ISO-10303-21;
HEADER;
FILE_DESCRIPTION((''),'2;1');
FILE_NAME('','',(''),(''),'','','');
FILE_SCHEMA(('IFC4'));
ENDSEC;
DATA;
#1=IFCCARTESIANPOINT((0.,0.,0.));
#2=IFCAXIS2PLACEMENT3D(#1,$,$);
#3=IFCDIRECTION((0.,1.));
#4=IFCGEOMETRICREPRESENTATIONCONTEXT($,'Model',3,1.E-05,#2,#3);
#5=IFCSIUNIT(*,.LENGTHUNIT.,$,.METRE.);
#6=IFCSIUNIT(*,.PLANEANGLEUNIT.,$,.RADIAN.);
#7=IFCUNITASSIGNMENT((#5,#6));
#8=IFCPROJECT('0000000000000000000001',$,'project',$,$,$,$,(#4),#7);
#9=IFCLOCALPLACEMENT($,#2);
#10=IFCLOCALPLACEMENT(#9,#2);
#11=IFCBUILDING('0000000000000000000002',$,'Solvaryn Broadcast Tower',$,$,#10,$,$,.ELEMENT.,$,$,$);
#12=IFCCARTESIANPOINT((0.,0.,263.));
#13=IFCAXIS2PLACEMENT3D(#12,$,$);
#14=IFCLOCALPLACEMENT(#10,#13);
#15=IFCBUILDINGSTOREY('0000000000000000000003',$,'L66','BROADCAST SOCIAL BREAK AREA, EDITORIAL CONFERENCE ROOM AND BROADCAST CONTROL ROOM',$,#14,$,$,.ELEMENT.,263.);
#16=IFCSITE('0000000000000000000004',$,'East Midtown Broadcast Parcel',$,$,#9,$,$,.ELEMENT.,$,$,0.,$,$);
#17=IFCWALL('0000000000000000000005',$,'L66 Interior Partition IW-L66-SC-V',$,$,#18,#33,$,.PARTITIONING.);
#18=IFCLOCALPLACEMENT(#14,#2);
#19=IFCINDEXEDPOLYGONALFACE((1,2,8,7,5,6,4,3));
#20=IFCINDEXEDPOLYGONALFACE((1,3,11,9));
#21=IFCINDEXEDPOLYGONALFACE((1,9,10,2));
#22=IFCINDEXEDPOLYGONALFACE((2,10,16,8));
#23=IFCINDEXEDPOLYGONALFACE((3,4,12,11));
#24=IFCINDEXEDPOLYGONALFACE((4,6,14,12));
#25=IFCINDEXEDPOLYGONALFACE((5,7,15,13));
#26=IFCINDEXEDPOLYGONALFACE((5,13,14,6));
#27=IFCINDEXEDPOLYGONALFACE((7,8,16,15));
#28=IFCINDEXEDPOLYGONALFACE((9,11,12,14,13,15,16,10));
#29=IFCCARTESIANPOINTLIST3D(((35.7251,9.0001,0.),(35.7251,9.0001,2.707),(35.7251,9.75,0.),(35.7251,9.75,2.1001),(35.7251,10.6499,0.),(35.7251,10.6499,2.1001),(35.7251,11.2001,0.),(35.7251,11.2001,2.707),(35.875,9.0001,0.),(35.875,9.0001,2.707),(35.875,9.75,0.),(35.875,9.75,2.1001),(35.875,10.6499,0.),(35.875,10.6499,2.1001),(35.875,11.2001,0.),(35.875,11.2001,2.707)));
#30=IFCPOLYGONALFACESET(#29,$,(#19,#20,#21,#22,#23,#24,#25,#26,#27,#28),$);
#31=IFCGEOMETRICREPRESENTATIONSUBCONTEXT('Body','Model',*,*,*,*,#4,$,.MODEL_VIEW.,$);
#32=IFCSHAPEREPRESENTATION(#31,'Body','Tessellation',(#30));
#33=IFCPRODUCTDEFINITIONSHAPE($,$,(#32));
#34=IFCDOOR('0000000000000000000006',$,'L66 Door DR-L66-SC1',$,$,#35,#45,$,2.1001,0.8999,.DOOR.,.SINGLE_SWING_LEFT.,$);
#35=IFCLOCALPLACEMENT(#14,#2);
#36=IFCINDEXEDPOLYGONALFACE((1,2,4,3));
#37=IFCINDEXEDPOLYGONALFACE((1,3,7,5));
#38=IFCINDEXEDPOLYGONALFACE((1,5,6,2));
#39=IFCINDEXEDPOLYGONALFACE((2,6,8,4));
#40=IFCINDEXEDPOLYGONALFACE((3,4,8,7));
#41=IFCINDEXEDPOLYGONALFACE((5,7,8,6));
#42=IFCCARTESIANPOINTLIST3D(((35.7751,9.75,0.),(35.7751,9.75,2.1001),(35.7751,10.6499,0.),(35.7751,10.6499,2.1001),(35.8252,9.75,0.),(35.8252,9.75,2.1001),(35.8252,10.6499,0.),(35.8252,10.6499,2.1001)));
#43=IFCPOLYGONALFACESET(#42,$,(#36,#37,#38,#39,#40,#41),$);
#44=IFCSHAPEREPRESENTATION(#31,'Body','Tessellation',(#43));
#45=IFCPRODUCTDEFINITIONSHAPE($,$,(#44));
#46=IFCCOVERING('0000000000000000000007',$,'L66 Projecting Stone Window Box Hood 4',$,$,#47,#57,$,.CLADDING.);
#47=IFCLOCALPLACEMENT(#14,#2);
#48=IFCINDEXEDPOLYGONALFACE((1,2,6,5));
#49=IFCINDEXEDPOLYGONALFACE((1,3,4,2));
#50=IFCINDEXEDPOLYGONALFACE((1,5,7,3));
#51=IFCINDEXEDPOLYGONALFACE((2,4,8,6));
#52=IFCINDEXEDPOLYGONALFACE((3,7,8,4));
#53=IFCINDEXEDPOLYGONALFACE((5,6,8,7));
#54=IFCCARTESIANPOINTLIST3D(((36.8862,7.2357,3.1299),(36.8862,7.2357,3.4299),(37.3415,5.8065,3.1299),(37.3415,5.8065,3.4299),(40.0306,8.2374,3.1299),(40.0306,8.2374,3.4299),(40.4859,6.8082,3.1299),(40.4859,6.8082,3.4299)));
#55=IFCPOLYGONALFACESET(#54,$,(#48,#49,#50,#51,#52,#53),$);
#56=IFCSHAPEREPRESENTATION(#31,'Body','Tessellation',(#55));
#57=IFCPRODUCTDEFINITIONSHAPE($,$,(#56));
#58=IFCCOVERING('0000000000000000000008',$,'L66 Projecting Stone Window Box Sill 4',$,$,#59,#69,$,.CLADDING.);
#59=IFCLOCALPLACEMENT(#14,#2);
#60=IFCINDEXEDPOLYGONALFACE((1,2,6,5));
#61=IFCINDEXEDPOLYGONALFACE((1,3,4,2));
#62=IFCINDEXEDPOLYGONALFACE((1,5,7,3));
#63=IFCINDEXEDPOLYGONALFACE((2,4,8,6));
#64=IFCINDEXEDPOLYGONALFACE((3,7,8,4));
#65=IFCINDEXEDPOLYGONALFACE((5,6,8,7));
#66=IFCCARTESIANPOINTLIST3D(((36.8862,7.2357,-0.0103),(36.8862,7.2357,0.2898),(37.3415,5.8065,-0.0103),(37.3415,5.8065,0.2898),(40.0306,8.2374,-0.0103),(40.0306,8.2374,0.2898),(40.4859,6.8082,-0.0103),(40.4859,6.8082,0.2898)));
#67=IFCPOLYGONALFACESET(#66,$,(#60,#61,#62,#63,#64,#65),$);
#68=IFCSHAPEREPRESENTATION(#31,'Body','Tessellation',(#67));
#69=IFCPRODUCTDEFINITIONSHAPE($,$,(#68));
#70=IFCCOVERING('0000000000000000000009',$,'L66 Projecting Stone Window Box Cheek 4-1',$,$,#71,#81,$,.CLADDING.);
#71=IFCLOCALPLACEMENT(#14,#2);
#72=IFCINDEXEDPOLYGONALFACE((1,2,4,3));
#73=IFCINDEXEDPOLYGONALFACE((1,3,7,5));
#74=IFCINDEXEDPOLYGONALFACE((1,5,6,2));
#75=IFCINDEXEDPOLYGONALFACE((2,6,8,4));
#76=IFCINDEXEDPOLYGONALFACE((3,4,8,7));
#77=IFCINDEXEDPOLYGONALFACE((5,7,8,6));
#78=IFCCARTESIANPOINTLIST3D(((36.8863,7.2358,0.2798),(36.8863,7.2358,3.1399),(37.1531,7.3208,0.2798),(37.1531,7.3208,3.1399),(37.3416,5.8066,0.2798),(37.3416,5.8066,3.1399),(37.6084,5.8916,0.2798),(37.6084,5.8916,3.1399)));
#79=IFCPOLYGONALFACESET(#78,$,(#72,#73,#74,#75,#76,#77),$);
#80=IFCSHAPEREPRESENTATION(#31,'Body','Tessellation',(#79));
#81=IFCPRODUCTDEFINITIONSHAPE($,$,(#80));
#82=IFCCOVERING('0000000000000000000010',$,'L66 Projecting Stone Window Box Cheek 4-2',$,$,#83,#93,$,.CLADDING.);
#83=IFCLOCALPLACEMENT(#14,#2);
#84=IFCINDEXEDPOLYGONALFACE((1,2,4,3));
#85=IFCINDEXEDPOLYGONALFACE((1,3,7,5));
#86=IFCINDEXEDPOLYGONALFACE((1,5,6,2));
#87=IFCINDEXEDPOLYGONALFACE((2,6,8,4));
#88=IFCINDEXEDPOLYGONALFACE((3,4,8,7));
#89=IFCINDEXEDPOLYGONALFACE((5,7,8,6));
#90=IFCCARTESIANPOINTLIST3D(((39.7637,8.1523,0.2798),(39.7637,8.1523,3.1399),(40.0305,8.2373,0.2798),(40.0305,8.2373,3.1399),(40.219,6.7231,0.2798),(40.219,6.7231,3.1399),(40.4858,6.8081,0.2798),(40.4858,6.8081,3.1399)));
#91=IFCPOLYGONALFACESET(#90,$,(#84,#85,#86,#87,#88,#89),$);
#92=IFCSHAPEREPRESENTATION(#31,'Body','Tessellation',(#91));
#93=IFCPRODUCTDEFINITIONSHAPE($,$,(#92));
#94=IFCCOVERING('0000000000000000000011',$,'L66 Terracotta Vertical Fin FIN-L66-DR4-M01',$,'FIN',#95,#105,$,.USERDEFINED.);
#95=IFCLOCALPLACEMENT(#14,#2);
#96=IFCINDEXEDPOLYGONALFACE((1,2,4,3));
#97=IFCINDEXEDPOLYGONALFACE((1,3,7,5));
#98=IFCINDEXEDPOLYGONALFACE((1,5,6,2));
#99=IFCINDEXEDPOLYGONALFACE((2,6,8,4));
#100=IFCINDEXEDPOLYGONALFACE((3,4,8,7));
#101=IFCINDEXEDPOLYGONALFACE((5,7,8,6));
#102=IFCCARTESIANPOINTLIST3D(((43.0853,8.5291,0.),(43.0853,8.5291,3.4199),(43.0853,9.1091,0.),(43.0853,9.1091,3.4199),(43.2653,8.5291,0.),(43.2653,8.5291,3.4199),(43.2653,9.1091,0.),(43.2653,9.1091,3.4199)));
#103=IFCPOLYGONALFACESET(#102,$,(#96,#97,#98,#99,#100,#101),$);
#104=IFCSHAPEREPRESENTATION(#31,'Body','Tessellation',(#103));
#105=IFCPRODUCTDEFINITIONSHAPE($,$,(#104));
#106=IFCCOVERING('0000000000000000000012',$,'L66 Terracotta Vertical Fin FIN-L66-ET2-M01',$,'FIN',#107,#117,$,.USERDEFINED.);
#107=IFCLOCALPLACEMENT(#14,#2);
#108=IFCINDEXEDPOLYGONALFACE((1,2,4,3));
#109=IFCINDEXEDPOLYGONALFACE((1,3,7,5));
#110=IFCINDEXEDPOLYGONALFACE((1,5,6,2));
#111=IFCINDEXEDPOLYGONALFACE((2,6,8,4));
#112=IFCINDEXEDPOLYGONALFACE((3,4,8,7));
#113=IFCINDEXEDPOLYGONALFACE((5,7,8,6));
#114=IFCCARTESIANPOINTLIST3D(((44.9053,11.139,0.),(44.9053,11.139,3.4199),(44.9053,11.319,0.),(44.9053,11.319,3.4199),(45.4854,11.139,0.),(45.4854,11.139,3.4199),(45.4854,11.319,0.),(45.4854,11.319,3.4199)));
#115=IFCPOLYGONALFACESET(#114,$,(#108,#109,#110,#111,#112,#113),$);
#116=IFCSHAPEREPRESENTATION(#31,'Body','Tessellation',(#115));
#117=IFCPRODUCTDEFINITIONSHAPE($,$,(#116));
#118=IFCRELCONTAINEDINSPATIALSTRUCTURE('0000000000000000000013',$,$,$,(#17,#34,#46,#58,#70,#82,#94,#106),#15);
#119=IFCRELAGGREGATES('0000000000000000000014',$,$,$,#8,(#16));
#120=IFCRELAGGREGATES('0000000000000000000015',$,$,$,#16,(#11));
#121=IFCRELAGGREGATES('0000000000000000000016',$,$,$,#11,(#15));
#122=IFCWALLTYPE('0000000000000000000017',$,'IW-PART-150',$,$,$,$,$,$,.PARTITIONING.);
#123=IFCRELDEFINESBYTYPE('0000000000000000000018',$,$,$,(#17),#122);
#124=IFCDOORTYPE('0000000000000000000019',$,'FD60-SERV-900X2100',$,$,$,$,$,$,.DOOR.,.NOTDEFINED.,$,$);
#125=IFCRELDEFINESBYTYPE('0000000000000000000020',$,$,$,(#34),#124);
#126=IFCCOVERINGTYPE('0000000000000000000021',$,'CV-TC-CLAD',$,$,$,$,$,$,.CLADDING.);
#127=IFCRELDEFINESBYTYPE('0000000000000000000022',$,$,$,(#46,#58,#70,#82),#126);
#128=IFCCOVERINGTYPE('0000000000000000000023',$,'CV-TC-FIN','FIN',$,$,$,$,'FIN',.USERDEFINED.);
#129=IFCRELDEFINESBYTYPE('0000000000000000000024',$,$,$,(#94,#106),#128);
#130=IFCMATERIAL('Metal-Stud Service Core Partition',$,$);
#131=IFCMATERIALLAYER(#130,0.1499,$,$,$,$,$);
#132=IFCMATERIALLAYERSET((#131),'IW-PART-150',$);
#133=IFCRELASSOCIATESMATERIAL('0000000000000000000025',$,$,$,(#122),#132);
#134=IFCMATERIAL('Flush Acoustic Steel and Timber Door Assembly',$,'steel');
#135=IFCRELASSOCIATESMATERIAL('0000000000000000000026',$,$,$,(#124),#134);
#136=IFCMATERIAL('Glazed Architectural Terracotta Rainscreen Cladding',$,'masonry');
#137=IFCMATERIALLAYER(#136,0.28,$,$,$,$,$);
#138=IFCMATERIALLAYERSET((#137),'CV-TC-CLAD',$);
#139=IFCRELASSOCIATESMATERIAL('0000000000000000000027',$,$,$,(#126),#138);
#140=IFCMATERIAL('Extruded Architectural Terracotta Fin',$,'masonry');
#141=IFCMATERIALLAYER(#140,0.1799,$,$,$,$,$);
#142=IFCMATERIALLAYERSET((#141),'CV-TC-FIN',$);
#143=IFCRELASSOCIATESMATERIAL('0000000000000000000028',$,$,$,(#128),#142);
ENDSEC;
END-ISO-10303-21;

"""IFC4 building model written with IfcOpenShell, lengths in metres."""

from ifc_helpers import new_model, si_unit, direction, frame, frame_2d, origin, origin_2d, place, context, subcontext, project, spatial, rectangle, extrude, material, layer, layer_set, type_object, element, fill, save


model = new_model("IFC4")

# Units and contexts
model_context = context("Model", 3, precision=1e-05, world=origin(), true_north=direction((0.0, 1.0)))
body_context = subcontext(model_context, "Body", "Model", "MODEL_VIEW")
ifc_project = project(units=[si_unit("LENGTHUNIT", "METRE"), si_unit("PLANEANGLEUNIT", "RADIAN")], contexts=[model_context])

# Site, building, storey
site_placement = place(None, origin())
site = spatial("IfcSite", under=ifc_project, at=site_placement, Name="East Midtown Broadcast Parcel", CompositionType="ELEMENT", RefElevation=0.0)
building_placement = place(site_placement, origin())
building = spatial("IfcBuilding", under=site, at=building_placement, Name="Solvaryn Broadcast Tower", CompositionType="ELEMENT")
storey_placement = place(building_placement, frame((0.0, 0.0, 263.0)))
storey = spatial("IfcBuildingStorey", under=building, at=storey_placement, Name="L66", Description="BROADCAST SOCIAL BREAK AREA, EDITORIAL CONFERENCE ROOM AND BROADCAST CONTROL ROOM", CompositionType="ELEMENT", Elevation=263.0)

# Wall, opening, door
ifc_material_1 = material(Name="Metal-Stud Service Core Partition")
ifc_layer_1 = layer(ifc_material_1, 0.1499)
ifc_layer_set_1 = layer_set([ifc_layer_1], Name="IW-PART-150")
wall_type_1 = type_object("IfcWallType", Name="IW-PART-150", PredefinedType="PARTITIONING", material=ifc_layer_set_1)
ifc_material_2 = material(Name="Flush Acoustic Steel and Timber Door Assembly", Category="steel")
door_type = type_object("IfcDoorType", Name="FD60-SERV-900X2100", OperationType="NOTDEFINED", PredefinedType="DOOR", material=ifc_material_2)
wall_1_placement = place(storey_placement, frame((35.8, 9.0, 0.0), z_axis=(0.0, 0.0, 1.0), x_axis=(0.0, 1.0, 0.0)))
wall_1 = element("IfcWall", 1, at=wall_1_placement, inside=storey, type_object=wall_type_1, Name="L66 Interior Partition IW-L66-SC-V", PredefinedType="PARTITIONING", context=body_context, shape_type="SweptSolid", body=[
    extrude(rectangle(XDim=2.2, YDim=0.1499, at=frame_2d((1.1001, 0.0))), origin(), (0.0, 0.0, 1.0), 2.707),
])
opening_1_placement = place(wall_1_placement, frame((0.75, 0.0, 0.0)))
opening_1 = element("IfcOpeningElement", 2, at=opening_1_placement, cuts=wall_1, PredefinedType="OPENING", context=body_context, shape_type="SweptSolid", body=[
    extrude(rectangle(XDim=0.8999, YDim=2.1001, at=frame_2d((0.45, 1.05))), frame((0.0, 0.085, 0.0), z_axis=(0.0, -1.0, 0.0), x_axis=(1.0, 0.0, 0.0)), (0.0, 0.0, 1.0), 0.1699),
])
door_1_placement = place(opening_1_placement, origin())
door_1 = element("IfcDoor", 3, at=door_1_placement, inside=storey, type_object=door_type, Name="L66 Door DR-L66-SC1", OperationType="SINGLE_SWING_LEFT", OverallHeight=2.1001, OverallWidth=0.8999, PredefinedType="DOOR", context=body_context, shape_type="SweptSolid", body=[
    extrude(rectangle(XDim=0.8999, YDim=2.1001, at=frame_2d((0.45, 1.05))), frame((0.0, 0.0249, 0.0), z_axis=(0.0, -1.0, 0.0), x_axis=(1.0, 0.0, 0.0)), (0.0, 0.0, 1.0), 0.05),
])
fill(opening_1, door_1)

# Coverings
ifc_material_3 = material(Name="Glazed Architectural Terracotta Rainscreen Cladding", Category="masonry")
ifc_layer_2 = layer(ifc_material_3, 0.28)
ifc_layer_set_2 = layer_set([ifc_layer_2], Name="CV-TC-CLAD")
covering_type_1 = type_object("IfcCoveringType", Name="CV-TC-CLAD", PredefinedType="CLADDING", material=ifc_layer_set_2)
for number, where, z_axis, x_axis, name in (
    (4, (38.686, 7.022, 3.1299), (0.0, 0.0, 1.0), (0.952821, 0.303534, 0.0), "L66 Projecting Stone Window Box Hood 4"),
    (5, (38.686, 7.022, -0.0103), (0.0, 0.0, 1.0), (0.952821, 0.303534, 0.0), "L66 Projecting Stone Window Box Sill 4"),
):
    element("IfcCovering", number, at=place(storey_placement, frame(where, z_axis=z_axis, x_axis=x_axis)), inside=storey, type_object=covering_type_1, Name=name, PredefinedType="CLADDING", context=body_context, shape_type="SweptSolid", body=[
        extrude(rectangle(XDim=3.3, YDim=1.5, at=origin_2d()), origin(), (0.0, 0.0, 1.0), 0.3),
    ])
for number, where, z_axis, x_axis, name in (
    (6, (37.2473, 6.5637, 0.2798), (0.0, 0.0, 1.0), (0.952821, 0.303534, 0.0), "L66 Projecting Stone Window Box Cheek 4-1"),
    (7, (40.1248, 7.4802, 0.2798), (0.0, 0.0, 1.0), (0.952821, 0.303534, 0.0), "L66 Projecting Stone Window Box Cheek 4-2"),
):
    element("IfcCovering", number, at=place(storey_placement, frame(where, z_axis=z_axis, x_axis=x_axis)), inside=storey, type_object=covering_type_1, Name=name, PredefinedType="CLADDING", context=body_context, shape_type="SweptSolid", body=[
        extrude(rectangle(XDim=0.28, YDim=1.5, at=origin_2d()), origin(), (0.0, 0.0, 1.0), 2.8601),
    ])
ifc_material_4 = material(Name="Extruded Architectural Terracotta Fin", Category="masonry")
ifc_layer_3 = layer(ifc_material_4, 0.1799)
ifc_layer_set_3 = layer_set([ifc_layer_3], Name="CV-TC-FIN")
covering_type_2 = type_object("IfcCoveringType", Name="CV-TC-FIN", Description="FIN", ElementType="FIN", PredefinedType="USERDEFINED", material=ifc_layer_set_3)
covering_1_placement = place(storey_placement, frame((43.1753, 8.8191, 0.0), z_axis=(0.0, 0.0, 1.0), x_axis=(1.0, 0.0, 0.0)))
element("IfcCovering", 8, at=covering_1_placement, inside=storey, type_object=covering_type_2, Name="L66 Terracotta Vertical Fin FIN-L66-DR4-M01", ObjectType="FIN", PredefinedType="USERDEFINED", context=body_context, shape_type="SweptSolid", body=[
    extrude(rectangle(XDim=0.1799, YDim=0.5801, at=origin_2d()), origin(), (0.0, 0.0, 1.0), 3.4199),
])
covering_2_placement = place(storey_placement, frame((45.1953, 11.229, 0.0), z_axis=(0.0, 0.0, 1.0), x_axis=(1.0, 0.0, 0.0)))
element("IfcCovering", 9, at=covering_2_placement, inside=storey, type_object=covering_type_2, Name="L66 Terracotta Vertical Fin FIN-L66-ET2-M01", ObjectType="FIN", PredefinedType="USERDEFINED", context=body_context, shape_type="SweptSolid", body=[
    extrude(rectangle(XDim=0.5801, YDim=0.1799, at=origin_2d()), origin(), (0.0, 0.0, 1.0), 3.4199),
])

save(model, "model.ifc")
